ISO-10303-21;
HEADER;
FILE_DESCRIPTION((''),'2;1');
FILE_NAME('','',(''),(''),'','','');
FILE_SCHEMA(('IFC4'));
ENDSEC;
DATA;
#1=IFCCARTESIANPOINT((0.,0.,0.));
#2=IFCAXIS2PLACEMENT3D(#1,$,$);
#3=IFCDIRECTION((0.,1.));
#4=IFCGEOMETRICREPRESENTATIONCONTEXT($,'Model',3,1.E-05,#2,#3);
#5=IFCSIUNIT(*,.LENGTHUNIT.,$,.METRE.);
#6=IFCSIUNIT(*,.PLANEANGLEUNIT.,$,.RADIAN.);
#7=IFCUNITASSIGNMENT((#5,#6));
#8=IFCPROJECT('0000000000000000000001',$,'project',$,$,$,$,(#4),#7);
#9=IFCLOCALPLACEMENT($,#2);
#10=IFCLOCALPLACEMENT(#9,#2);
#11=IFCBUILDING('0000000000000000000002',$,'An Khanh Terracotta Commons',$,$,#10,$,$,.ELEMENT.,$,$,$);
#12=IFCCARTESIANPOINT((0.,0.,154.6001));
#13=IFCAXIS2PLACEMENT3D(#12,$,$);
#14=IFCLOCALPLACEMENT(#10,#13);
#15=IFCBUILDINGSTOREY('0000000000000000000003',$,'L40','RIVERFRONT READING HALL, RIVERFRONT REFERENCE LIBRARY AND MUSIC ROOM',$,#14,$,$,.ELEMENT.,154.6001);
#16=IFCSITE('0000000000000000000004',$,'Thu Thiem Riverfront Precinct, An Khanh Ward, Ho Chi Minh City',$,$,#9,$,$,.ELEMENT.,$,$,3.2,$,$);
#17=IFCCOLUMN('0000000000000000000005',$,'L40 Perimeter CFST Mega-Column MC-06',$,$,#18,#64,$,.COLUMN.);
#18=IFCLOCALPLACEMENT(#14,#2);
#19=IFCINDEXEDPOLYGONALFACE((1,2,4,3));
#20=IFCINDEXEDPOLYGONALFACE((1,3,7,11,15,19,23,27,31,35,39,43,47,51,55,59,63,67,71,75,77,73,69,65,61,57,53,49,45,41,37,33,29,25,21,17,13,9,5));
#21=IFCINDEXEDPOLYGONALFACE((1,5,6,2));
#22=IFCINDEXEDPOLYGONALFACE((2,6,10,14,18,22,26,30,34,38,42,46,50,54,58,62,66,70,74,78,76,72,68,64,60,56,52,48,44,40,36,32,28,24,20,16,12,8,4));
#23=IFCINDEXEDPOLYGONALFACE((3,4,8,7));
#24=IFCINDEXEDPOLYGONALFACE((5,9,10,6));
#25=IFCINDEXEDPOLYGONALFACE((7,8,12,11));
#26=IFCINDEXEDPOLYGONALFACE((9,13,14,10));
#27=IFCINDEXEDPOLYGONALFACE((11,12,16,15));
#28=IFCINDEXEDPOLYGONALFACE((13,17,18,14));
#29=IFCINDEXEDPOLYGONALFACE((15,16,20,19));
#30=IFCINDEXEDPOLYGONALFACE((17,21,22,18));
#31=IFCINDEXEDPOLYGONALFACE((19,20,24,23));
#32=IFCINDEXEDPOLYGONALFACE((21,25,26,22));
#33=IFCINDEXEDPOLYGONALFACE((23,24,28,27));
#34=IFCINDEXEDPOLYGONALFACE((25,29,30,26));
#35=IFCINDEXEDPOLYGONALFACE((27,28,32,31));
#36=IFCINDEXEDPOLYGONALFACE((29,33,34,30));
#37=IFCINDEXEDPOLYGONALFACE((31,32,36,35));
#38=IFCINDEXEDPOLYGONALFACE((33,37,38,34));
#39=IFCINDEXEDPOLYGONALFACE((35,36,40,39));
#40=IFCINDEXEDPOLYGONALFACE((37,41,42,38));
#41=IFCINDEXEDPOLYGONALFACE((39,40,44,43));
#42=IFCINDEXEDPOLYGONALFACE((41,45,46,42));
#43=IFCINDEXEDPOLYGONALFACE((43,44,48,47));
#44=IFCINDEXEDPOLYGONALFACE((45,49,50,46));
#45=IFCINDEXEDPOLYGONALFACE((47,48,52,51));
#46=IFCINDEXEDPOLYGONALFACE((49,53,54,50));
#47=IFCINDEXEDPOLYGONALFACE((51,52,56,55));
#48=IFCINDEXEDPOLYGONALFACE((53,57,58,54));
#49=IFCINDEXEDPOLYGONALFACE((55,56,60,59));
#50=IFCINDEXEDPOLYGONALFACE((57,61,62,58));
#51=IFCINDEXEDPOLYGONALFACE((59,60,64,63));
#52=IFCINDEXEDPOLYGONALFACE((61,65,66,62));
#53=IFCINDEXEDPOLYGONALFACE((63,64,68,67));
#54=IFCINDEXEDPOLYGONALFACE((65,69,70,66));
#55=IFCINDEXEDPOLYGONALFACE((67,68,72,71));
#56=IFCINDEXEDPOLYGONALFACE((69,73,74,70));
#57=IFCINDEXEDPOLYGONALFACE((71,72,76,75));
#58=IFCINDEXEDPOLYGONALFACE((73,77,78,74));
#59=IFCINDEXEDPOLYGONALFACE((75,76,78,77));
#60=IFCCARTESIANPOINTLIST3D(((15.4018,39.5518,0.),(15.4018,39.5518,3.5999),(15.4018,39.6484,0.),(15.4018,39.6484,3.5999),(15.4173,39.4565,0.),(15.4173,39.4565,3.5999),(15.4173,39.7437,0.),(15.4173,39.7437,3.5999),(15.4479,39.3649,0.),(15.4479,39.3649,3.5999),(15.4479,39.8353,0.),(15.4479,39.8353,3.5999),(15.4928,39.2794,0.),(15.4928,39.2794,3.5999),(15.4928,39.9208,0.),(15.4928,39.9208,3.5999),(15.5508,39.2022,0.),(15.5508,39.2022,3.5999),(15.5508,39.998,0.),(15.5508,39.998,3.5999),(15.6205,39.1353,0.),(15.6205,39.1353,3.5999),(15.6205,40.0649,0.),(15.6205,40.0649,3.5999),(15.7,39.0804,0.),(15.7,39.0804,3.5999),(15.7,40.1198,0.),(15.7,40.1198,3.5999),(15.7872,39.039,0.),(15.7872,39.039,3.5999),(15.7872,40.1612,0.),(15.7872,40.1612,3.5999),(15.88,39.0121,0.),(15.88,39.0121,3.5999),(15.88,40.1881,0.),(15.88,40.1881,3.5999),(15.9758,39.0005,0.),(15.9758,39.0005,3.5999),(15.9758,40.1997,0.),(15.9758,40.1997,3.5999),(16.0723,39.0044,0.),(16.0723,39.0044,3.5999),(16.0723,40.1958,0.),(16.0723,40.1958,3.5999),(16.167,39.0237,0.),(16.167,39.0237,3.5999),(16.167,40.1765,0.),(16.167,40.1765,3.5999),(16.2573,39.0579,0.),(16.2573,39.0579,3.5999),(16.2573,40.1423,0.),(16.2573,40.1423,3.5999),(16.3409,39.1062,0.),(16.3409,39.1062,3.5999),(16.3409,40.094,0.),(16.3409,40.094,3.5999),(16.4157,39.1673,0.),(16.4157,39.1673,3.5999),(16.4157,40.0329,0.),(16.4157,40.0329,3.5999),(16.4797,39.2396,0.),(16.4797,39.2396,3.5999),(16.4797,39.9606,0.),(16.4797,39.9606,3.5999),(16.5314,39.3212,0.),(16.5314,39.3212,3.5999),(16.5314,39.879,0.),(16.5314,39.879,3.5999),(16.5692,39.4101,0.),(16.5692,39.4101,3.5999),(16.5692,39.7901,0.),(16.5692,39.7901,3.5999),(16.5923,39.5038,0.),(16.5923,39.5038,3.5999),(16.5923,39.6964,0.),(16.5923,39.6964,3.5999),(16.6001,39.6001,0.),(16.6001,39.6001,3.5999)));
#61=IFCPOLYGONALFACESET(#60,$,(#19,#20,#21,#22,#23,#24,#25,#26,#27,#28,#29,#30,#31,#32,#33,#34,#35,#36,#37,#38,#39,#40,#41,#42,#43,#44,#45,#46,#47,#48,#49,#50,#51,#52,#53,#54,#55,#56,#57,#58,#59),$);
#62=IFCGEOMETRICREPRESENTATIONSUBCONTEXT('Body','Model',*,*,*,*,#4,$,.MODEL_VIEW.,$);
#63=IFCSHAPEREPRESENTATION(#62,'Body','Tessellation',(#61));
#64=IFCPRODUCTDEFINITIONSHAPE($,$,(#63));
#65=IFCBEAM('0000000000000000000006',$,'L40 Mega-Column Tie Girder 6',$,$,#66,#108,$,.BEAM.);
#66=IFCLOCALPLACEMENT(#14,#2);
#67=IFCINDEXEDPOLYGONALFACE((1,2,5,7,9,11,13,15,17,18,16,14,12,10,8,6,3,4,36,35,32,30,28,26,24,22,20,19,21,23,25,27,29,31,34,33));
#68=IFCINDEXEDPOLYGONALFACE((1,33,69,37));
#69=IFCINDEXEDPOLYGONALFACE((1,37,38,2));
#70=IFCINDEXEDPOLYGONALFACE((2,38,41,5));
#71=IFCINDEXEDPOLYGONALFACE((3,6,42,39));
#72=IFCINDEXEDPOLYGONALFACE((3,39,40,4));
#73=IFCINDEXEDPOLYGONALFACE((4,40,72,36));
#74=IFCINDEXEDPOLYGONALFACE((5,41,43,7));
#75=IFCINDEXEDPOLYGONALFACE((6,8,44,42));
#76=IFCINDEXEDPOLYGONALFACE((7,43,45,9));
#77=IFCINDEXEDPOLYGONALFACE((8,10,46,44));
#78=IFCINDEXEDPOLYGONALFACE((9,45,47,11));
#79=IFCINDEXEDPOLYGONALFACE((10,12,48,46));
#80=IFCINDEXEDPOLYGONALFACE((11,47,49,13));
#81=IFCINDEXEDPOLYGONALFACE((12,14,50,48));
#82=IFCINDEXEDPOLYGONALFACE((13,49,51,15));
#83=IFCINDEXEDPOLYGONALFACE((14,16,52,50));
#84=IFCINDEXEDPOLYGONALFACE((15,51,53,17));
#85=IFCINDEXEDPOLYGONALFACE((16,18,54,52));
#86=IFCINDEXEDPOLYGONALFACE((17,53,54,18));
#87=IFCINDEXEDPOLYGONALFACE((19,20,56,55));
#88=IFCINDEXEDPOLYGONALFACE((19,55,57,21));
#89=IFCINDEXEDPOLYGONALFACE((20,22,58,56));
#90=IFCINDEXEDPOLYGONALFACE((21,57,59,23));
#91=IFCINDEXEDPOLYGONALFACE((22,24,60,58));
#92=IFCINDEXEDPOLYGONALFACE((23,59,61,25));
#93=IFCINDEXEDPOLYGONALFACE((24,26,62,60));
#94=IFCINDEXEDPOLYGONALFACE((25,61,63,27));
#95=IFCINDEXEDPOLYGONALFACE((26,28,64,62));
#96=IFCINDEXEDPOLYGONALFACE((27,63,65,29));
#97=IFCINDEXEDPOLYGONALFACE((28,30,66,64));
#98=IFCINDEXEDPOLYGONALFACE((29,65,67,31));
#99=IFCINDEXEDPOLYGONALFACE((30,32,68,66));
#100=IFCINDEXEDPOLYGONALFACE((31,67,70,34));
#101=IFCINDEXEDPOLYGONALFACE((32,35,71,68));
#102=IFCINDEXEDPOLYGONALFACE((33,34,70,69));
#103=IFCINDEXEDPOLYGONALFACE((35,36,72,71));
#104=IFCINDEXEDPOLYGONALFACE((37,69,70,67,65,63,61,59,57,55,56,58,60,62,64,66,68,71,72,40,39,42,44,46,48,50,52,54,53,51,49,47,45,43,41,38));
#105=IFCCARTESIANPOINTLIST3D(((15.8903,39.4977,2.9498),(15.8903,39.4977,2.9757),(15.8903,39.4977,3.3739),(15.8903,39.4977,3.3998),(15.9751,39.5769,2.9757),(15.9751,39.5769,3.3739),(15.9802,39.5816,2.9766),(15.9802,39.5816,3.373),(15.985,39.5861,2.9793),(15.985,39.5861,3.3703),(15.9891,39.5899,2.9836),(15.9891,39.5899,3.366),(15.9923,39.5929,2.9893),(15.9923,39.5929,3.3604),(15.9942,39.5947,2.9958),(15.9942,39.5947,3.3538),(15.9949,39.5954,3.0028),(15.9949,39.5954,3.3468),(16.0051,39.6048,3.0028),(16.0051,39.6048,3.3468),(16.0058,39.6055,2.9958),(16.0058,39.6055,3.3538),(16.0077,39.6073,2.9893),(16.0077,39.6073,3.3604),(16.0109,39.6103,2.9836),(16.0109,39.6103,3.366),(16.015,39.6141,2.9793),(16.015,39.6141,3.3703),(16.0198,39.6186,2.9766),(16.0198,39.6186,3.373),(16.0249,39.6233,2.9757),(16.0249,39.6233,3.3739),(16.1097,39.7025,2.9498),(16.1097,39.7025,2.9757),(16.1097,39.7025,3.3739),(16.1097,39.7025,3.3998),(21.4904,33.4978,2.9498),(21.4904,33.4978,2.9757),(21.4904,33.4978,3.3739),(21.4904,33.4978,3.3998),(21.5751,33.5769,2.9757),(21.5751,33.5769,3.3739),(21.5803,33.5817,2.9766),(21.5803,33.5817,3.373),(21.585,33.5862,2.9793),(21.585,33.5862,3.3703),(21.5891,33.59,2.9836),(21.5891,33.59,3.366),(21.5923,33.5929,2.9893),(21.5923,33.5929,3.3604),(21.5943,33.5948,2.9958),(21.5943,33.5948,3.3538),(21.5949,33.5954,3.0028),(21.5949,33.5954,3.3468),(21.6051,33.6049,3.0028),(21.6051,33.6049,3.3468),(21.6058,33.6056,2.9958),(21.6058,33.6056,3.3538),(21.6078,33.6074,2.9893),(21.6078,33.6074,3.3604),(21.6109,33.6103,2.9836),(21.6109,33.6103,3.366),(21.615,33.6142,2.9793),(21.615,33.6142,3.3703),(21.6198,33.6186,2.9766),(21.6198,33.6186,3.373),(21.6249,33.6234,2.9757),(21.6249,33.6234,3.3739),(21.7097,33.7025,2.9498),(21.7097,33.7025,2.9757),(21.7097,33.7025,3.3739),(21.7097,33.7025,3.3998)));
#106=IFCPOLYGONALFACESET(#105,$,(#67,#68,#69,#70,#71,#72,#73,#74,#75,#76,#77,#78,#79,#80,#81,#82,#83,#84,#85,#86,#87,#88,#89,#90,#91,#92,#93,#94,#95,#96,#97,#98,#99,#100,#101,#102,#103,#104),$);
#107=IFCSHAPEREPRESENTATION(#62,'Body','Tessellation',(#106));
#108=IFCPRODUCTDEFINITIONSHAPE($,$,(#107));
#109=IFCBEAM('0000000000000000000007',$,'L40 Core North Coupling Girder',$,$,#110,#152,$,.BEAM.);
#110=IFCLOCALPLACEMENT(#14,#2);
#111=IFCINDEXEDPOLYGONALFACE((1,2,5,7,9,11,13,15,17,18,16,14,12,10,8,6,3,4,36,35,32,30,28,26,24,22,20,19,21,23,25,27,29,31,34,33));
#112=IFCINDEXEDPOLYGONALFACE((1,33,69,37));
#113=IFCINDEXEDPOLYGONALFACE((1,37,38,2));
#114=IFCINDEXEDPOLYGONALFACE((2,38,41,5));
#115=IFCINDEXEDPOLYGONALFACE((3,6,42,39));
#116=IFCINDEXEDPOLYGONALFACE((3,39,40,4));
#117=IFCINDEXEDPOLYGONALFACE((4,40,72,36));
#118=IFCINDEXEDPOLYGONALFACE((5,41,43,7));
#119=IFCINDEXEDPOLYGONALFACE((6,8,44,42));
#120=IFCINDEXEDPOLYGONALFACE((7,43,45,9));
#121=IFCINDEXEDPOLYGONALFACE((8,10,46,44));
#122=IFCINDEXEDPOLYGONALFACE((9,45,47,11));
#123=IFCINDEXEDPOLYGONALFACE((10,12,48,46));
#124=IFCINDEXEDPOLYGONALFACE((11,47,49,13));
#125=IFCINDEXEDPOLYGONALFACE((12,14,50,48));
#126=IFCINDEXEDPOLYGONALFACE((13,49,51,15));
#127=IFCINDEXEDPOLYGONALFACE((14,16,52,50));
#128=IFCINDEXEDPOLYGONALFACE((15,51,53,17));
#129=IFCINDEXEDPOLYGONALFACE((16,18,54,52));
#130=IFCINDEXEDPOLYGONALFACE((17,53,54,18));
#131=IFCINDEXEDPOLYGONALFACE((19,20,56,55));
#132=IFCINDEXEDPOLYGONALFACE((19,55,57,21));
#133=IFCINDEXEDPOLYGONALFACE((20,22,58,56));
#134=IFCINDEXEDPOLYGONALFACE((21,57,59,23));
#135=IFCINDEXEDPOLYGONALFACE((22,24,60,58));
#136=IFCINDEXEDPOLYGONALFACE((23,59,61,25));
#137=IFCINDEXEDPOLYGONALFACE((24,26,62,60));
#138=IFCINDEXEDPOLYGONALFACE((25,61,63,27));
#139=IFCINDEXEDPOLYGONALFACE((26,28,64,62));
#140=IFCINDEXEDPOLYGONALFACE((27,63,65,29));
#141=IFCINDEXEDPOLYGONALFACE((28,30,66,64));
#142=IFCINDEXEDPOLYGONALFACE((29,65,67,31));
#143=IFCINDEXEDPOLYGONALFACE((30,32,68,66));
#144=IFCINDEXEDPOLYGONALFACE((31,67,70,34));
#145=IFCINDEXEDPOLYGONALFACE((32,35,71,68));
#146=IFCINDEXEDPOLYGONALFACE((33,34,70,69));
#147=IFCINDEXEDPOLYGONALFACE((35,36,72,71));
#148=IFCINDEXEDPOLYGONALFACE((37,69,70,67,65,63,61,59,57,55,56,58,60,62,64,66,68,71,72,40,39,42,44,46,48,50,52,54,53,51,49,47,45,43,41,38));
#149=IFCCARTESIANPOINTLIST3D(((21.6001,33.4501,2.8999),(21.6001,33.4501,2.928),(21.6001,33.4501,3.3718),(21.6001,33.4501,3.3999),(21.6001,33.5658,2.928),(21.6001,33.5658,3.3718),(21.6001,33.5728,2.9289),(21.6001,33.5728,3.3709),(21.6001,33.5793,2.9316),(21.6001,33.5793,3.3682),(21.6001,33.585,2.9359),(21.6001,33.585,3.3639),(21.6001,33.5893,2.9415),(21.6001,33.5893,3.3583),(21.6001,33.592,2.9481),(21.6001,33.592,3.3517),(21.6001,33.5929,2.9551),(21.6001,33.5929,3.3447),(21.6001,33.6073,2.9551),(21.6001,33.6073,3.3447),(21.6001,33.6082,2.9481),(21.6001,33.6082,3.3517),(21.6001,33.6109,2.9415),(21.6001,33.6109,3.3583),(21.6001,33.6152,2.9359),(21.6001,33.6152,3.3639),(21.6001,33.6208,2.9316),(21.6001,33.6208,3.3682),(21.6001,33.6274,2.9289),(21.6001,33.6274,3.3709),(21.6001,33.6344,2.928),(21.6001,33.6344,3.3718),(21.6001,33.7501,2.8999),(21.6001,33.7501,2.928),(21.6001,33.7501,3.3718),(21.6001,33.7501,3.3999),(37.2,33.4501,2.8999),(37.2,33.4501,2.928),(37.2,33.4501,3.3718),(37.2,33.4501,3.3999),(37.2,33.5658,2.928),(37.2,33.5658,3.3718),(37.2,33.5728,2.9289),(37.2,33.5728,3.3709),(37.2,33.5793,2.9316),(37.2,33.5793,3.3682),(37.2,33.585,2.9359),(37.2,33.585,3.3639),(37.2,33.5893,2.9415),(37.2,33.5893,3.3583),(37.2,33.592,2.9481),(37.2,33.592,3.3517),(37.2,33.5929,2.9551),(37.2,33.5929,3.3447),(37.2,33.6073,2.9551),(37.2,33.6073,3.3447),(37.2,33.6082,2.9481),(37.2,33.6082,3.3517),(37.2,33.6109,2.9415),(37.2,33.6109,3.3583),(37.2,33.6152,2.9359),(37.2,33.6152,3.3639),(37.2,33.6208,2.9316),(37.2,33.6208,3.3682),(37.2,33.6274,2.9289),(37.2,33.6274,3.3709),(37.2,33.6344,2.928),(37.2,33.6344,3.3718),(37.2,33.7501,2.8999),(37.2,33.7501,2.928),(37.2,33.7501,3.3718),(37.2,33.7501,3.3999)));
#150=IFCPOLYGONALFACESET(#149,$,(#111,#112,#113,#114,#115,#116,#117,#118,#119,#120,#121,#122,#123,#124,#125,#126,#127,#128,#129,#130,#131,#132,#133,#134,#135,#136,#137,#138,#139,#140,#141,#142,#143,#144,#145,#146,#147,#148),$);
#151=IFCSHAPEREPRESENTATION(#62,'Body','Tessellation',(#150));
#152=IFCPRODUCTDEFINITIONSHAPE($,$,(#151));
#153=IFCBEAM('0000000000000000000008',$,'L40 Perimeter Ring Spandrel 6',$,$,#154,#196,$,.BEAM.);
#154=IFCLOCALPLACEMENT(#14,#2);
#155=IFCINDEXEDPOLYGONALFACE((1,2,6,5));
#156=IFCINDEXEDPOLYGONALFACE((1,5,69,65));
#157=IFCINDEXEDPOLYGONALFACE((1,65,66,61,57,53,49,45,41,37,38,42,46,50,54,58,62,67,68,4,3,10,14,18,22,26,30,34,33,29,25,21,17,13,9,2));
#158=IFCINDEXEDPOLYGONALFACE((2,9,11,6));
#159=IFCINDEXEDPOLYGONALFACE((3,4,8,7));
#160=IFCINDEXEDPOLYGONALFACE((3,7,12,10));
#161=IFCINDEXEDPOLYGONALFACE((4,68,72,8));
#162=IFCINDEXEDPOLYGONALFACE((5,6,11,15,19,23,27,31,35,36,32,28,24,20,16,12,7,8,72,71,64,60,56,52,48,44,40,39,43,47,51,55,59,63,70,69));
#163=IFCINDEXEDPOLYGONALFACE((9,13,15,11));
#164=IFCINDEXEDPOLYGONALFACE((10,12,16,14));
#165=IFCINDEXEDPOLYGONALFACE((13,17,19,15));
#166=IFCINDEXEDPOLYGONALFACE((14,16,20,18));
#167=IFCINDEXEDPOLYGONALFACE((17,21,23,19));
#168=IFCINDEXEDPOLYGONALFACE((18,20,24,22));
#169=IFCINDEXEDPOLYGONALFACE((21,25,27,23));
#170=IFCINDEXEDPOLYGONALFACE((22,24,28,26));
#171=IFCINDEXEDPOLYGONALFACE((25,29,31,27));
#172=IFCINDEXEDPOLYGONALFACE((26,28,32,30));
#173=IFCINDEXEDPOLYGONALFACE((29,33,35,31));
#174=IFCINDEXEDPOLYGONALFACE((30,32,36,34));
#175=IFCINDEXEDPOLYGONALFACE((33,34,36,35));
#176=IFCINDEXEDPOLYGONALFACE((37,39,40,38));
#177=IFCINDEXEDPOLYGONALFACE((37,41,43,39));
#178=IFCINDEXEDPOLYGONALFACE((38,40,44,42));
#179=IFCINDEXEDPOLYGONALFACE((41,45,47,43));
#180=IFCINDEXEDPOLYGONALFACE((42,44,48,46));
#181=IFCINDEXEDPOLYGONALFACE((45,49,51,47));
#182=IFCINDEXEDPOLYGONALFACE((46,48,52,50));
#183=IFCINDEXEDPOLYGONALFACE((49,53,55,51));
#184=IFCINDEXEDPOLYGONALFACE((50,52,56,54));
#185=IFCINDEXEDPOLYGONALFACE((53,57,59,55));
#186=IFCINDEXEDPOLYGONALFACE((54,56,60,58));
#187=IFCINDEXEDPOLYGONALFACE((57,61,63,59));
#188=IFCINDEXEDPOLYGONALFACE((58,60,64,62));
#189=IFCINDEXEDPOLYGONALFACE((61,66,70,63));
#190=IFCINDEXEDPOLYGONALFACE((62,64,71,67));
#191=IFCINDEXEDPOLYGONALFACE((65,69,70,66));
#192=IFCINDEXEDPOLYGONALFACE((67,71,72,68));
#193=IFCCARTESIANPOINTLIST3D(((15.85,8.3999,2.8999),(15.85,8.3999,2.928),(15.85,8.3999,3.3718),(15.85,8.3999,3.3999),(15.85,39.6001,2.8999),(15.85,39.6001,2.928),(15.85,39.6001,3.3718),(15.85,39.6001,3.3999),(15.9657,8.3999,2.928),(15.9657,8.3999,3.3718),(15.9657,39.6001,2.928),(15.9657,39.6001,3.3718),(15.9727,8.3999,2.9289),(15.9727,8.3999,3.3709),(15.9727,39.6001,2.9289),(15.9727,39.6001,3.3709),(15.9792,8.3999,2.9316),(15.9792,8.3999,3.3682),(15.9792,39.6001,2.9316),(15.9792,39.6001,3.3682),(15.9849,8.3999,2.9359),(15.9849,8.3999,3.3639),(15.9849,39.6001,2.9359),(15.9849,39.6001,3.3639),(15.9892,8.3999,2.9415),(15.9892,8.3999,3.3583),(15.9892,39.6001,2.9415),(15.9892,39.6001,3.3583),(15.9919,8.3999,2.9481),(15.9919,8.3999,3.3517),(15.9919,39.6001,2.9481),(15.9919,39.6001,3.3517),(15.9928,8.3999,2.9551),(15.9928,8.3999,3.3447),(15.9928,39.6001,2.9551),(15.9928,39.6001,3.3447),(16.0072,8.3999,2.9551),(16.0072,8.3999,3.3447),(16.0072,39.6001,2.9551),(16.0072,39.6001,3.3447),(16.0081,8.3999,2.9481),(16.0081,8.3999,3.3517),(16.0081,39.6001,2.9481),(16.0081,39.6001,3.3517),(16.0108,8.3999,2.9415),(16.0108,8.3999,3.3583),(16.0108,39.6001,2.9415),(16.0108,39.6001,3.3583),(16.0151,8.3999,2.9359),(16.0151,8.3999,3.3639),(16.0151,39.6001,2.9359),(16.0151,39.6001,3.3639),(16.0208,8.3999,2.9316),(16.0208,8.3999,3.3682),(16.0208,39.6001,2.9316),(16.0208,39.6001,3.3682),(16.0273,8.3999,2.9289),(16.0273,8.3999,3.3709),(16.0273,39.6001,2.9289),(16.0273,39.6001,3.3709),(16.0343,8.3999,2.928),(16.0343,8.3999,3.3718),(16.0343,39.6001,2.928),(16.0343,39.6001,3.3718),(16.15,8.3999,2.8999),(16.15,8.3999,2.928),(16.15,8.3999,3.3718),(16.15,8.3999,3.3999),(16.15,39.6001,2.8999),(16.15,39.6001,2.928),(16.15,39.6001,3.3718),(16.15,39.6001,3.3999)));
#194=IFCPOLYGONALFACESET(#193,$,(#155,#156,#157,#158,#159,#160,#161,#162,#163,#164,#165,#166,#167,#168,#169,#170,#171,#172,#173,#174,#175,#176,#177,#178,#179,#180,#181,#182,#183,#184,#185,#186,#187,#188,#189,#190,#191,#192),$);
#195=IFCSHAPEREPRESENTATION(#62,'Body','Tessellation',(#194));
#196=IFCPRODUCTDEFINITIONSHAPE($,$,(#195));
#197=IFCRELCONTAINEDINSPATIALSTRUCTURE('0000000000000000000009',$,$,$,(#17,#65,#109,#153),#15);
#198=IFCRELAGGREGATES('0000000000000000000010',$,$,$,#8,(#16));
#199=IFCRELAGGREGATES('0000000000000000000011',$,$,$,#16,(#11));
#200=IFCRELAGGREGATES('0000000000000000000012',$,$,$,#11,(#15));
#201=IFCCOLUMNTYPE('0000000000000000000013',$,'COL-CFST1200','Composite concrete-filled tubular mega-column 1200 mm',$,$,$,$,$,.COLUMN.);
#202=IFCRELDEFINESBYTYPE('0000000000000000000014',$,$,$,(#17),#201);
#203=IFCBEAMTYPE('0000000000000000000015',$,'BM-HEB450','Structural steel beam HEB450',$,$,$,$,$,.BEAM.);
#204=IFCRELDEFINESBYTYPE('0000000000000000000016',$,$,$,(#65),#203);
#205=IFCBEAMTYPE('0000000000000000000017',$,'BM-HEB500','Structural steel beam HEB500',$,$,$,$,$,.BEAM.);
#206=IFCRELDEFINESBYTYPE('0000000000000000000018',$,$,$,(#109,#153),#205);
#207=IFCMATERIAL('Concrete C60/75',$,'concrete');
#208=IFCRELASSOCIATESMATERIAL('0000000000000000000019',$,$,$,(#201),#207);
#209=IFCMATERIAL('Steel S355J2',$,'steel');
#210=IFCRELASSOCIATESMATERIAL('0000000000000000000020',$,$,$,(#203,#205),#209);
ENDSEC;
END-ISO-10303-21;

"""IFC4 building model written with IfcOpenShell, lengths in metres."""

from ifc_helpers import new_model, si_unit, direction, frame, origin, origin_2d, place, context, subcontext, project, spatial, circle, i_section, extrude, material, material_profile, profile_set, type_object, element, save


model = new_model("IFC4")

# Units and contexts
model_context = context("Model", 3, precision=1e-05, world=origin(), true_north=direction((0.0, 1.0)))
body_context = subcontext(model_context, "Body", "Model", "MODEL_VIEW")
ifc_project = project(units=[si_unit("LENGTHUNIT", "METRE"), si_unit("PLANEANGLEUNIT", "RADIAN")], contexts=[model_context])

# Site, building, storey
site_placement = place(None, origin())
site = spatial("IfcSite", under=ifc_project, at=site_placement, Name="Thu Thiem Riverfront Precinct, An Khanh Ward, Ho Chi Minh City", CompositionType="ELEMENT", RefElevation=3.2)
building_placement = place(site_placement, origin())
building = spatial("IfcBuilding", under=site, at=building_placement, Name="An Khanh Terracotta Commons", CompositionType="ELEMENT")
storey_placement = place(building_placement, frame((0.0, 0.0, 154.6001)))
storey = spatial("IfcBuildingStorey", under=building, at=storey_placement, Name="L40", Description="RIVERFRONT READING HALL, RIVERFRONT REFERENCE LIBRARY AND MUSIC ROOM", CompositionType="ELEMENT", Elevation=154.6001)

# Column
ifc_material_1 = material(Name="Concrete C60/75", Category="concrete")
ifc_material_profile_1 = material_profile(ifc_material_1, circle(Radius=0.6001, at=origin_2d()), Name="CFST1200")
ifc_profile_set_1 = profile_set([ifc_material_profile_1], Name="Concrete C60/75")
column_type = type_object("IfcColumnType", Name="COL-CFST1200", Description="Composite concrete-filled tubular mega-column 1200 mm", PredefinedType="COLUMN", material=ifc_profile_set_1)
column_placement = place(storey_placement, frame((16.0, 39.6001, 0.0), z_axis=(0.0, 0.0, 1.0), x_axis=(1.0, 0.0, 0.0)))
element("IfcColumn", 1, at=column_placement, inside=storey, type_object=column_type, Name="L40 Perimeter CFST Mega-Column MC-06", PredefinedType="COLUMN", context=body_context, shape_type="SweptSolid", body=[
    extrude(circle(Radius=0.6001, at=origin_2d()), origin(), (0.0, 0.0, 1.0), 3.5999),
])

# Beams
ifc_material_2 = material(Name="Steel S355J2", Category="steel")
ifc_material_profile_2 = material_profile(ifc_material_2, i_section(OverallWidth=0.3, OverallDepth=0.45, WebThickness=0.0139, FlangeThickness=0.0259, FilletRadius=0.0271, at=origin_2d()), Name="HEB450")
ifc_profile_set_2 = profile_set([ifc_material_profile_2], Name="Steel S355J2")
beam_type_1 = type_object("IfcBeamType", Name="BM-HEB450", Description="Structural steel beam HEB450", PredefinedType="BEAM", material=ifc_profile_set_2)
beam_1_placement = place(storey_placement, frame((16.0, 39.6001, 3.1748), z_axis=(0.682325, -0.731049, 0.0), x_axis=(0.731049, 0.682325, 0.0)))
element("IfcBeam", 2, at=beam_1_placement, inside=storey, type_object=beam_type_1, Name="L40 Mega-Column Tie Girder 6", PredefinedType="BEAM", context=body_context, shape_type="SweptSolid", body=[
    extrude(i_section(OverallWidth=0.3, OverallDepth=0.45, WebThickness=0.0139, FlangeThickness=0.0259, FilletRadius=0.0271, at=origin_2d()), origin(), (0.0, 0.0, 1.0), 8.2073),
])
ifc_material_profile_3 = material_profile(ifc_material_2, i_section(OverallWidth=0.3, OverallDepth=0.5, WebThickness=0.0144, FlangeThickness=0.0281, FilletRadius=0.0271, at=origin_2d()), Name="HEB500")
ifc_profile_set_3 = profile_set([ifc_material_profile_3], Name="Steel S355J2")
beam_type_2 = type_object("IfcBeamType", Name="BM-HEB500", Description="Structural steel beam HEB500", PredefinedType="BEAM", material=ifc_profile_set_3)
beam_2_placement = place(storey_placement, frame((21.6001, 33.6001, 3.1499), z_axis=(1.0, 0.0, 0.0), x_axis=(0.0, 1.0, 0.0)))
element("IfcBeam", 3, at=beam_2_placement, inside=storey, type_object=beam_type_2, Name="L40 Core North Coupling Girder", PredefinedType="BEAM", context=body_context, shape_type="SweptSolid", body=[
    extrude(i_section(OverallWidth=0.3, OverallDepth=0.5, WebThickness=0.0144, FlangeThickness=0.0281, FilletRadius=0.0271, at=origin_2d()), origin(), (0.0, 0.0, 1.0), 15.5999),
])
beam_3_placement = place(storey_placement, frame((16.0, 39.6001, 3.1499), z_axis=(0.0, -1.0, 0.0), x_axis=(1.0, 0.0, 0.0)))
element("IfcBeam", 4, at=beam_3_placement, inside=storey, type_object=beam_type_2, Name="L40 Perimeter Ring Spandrel 6", PredefinedType="BEAM", context=body_context, shape_type="SweptSolid", body=[
    extrude(i_section(OverallWidth=0.3, OverallDepth=0.5, WebThickness=0.0144, FlangeThickness=0.0281, FilletRadius=0.0271, at=origin_2d()), origin(), (0.0, 0.0, 1.0), 31.2002),
])

save(model, "model.ifc")
